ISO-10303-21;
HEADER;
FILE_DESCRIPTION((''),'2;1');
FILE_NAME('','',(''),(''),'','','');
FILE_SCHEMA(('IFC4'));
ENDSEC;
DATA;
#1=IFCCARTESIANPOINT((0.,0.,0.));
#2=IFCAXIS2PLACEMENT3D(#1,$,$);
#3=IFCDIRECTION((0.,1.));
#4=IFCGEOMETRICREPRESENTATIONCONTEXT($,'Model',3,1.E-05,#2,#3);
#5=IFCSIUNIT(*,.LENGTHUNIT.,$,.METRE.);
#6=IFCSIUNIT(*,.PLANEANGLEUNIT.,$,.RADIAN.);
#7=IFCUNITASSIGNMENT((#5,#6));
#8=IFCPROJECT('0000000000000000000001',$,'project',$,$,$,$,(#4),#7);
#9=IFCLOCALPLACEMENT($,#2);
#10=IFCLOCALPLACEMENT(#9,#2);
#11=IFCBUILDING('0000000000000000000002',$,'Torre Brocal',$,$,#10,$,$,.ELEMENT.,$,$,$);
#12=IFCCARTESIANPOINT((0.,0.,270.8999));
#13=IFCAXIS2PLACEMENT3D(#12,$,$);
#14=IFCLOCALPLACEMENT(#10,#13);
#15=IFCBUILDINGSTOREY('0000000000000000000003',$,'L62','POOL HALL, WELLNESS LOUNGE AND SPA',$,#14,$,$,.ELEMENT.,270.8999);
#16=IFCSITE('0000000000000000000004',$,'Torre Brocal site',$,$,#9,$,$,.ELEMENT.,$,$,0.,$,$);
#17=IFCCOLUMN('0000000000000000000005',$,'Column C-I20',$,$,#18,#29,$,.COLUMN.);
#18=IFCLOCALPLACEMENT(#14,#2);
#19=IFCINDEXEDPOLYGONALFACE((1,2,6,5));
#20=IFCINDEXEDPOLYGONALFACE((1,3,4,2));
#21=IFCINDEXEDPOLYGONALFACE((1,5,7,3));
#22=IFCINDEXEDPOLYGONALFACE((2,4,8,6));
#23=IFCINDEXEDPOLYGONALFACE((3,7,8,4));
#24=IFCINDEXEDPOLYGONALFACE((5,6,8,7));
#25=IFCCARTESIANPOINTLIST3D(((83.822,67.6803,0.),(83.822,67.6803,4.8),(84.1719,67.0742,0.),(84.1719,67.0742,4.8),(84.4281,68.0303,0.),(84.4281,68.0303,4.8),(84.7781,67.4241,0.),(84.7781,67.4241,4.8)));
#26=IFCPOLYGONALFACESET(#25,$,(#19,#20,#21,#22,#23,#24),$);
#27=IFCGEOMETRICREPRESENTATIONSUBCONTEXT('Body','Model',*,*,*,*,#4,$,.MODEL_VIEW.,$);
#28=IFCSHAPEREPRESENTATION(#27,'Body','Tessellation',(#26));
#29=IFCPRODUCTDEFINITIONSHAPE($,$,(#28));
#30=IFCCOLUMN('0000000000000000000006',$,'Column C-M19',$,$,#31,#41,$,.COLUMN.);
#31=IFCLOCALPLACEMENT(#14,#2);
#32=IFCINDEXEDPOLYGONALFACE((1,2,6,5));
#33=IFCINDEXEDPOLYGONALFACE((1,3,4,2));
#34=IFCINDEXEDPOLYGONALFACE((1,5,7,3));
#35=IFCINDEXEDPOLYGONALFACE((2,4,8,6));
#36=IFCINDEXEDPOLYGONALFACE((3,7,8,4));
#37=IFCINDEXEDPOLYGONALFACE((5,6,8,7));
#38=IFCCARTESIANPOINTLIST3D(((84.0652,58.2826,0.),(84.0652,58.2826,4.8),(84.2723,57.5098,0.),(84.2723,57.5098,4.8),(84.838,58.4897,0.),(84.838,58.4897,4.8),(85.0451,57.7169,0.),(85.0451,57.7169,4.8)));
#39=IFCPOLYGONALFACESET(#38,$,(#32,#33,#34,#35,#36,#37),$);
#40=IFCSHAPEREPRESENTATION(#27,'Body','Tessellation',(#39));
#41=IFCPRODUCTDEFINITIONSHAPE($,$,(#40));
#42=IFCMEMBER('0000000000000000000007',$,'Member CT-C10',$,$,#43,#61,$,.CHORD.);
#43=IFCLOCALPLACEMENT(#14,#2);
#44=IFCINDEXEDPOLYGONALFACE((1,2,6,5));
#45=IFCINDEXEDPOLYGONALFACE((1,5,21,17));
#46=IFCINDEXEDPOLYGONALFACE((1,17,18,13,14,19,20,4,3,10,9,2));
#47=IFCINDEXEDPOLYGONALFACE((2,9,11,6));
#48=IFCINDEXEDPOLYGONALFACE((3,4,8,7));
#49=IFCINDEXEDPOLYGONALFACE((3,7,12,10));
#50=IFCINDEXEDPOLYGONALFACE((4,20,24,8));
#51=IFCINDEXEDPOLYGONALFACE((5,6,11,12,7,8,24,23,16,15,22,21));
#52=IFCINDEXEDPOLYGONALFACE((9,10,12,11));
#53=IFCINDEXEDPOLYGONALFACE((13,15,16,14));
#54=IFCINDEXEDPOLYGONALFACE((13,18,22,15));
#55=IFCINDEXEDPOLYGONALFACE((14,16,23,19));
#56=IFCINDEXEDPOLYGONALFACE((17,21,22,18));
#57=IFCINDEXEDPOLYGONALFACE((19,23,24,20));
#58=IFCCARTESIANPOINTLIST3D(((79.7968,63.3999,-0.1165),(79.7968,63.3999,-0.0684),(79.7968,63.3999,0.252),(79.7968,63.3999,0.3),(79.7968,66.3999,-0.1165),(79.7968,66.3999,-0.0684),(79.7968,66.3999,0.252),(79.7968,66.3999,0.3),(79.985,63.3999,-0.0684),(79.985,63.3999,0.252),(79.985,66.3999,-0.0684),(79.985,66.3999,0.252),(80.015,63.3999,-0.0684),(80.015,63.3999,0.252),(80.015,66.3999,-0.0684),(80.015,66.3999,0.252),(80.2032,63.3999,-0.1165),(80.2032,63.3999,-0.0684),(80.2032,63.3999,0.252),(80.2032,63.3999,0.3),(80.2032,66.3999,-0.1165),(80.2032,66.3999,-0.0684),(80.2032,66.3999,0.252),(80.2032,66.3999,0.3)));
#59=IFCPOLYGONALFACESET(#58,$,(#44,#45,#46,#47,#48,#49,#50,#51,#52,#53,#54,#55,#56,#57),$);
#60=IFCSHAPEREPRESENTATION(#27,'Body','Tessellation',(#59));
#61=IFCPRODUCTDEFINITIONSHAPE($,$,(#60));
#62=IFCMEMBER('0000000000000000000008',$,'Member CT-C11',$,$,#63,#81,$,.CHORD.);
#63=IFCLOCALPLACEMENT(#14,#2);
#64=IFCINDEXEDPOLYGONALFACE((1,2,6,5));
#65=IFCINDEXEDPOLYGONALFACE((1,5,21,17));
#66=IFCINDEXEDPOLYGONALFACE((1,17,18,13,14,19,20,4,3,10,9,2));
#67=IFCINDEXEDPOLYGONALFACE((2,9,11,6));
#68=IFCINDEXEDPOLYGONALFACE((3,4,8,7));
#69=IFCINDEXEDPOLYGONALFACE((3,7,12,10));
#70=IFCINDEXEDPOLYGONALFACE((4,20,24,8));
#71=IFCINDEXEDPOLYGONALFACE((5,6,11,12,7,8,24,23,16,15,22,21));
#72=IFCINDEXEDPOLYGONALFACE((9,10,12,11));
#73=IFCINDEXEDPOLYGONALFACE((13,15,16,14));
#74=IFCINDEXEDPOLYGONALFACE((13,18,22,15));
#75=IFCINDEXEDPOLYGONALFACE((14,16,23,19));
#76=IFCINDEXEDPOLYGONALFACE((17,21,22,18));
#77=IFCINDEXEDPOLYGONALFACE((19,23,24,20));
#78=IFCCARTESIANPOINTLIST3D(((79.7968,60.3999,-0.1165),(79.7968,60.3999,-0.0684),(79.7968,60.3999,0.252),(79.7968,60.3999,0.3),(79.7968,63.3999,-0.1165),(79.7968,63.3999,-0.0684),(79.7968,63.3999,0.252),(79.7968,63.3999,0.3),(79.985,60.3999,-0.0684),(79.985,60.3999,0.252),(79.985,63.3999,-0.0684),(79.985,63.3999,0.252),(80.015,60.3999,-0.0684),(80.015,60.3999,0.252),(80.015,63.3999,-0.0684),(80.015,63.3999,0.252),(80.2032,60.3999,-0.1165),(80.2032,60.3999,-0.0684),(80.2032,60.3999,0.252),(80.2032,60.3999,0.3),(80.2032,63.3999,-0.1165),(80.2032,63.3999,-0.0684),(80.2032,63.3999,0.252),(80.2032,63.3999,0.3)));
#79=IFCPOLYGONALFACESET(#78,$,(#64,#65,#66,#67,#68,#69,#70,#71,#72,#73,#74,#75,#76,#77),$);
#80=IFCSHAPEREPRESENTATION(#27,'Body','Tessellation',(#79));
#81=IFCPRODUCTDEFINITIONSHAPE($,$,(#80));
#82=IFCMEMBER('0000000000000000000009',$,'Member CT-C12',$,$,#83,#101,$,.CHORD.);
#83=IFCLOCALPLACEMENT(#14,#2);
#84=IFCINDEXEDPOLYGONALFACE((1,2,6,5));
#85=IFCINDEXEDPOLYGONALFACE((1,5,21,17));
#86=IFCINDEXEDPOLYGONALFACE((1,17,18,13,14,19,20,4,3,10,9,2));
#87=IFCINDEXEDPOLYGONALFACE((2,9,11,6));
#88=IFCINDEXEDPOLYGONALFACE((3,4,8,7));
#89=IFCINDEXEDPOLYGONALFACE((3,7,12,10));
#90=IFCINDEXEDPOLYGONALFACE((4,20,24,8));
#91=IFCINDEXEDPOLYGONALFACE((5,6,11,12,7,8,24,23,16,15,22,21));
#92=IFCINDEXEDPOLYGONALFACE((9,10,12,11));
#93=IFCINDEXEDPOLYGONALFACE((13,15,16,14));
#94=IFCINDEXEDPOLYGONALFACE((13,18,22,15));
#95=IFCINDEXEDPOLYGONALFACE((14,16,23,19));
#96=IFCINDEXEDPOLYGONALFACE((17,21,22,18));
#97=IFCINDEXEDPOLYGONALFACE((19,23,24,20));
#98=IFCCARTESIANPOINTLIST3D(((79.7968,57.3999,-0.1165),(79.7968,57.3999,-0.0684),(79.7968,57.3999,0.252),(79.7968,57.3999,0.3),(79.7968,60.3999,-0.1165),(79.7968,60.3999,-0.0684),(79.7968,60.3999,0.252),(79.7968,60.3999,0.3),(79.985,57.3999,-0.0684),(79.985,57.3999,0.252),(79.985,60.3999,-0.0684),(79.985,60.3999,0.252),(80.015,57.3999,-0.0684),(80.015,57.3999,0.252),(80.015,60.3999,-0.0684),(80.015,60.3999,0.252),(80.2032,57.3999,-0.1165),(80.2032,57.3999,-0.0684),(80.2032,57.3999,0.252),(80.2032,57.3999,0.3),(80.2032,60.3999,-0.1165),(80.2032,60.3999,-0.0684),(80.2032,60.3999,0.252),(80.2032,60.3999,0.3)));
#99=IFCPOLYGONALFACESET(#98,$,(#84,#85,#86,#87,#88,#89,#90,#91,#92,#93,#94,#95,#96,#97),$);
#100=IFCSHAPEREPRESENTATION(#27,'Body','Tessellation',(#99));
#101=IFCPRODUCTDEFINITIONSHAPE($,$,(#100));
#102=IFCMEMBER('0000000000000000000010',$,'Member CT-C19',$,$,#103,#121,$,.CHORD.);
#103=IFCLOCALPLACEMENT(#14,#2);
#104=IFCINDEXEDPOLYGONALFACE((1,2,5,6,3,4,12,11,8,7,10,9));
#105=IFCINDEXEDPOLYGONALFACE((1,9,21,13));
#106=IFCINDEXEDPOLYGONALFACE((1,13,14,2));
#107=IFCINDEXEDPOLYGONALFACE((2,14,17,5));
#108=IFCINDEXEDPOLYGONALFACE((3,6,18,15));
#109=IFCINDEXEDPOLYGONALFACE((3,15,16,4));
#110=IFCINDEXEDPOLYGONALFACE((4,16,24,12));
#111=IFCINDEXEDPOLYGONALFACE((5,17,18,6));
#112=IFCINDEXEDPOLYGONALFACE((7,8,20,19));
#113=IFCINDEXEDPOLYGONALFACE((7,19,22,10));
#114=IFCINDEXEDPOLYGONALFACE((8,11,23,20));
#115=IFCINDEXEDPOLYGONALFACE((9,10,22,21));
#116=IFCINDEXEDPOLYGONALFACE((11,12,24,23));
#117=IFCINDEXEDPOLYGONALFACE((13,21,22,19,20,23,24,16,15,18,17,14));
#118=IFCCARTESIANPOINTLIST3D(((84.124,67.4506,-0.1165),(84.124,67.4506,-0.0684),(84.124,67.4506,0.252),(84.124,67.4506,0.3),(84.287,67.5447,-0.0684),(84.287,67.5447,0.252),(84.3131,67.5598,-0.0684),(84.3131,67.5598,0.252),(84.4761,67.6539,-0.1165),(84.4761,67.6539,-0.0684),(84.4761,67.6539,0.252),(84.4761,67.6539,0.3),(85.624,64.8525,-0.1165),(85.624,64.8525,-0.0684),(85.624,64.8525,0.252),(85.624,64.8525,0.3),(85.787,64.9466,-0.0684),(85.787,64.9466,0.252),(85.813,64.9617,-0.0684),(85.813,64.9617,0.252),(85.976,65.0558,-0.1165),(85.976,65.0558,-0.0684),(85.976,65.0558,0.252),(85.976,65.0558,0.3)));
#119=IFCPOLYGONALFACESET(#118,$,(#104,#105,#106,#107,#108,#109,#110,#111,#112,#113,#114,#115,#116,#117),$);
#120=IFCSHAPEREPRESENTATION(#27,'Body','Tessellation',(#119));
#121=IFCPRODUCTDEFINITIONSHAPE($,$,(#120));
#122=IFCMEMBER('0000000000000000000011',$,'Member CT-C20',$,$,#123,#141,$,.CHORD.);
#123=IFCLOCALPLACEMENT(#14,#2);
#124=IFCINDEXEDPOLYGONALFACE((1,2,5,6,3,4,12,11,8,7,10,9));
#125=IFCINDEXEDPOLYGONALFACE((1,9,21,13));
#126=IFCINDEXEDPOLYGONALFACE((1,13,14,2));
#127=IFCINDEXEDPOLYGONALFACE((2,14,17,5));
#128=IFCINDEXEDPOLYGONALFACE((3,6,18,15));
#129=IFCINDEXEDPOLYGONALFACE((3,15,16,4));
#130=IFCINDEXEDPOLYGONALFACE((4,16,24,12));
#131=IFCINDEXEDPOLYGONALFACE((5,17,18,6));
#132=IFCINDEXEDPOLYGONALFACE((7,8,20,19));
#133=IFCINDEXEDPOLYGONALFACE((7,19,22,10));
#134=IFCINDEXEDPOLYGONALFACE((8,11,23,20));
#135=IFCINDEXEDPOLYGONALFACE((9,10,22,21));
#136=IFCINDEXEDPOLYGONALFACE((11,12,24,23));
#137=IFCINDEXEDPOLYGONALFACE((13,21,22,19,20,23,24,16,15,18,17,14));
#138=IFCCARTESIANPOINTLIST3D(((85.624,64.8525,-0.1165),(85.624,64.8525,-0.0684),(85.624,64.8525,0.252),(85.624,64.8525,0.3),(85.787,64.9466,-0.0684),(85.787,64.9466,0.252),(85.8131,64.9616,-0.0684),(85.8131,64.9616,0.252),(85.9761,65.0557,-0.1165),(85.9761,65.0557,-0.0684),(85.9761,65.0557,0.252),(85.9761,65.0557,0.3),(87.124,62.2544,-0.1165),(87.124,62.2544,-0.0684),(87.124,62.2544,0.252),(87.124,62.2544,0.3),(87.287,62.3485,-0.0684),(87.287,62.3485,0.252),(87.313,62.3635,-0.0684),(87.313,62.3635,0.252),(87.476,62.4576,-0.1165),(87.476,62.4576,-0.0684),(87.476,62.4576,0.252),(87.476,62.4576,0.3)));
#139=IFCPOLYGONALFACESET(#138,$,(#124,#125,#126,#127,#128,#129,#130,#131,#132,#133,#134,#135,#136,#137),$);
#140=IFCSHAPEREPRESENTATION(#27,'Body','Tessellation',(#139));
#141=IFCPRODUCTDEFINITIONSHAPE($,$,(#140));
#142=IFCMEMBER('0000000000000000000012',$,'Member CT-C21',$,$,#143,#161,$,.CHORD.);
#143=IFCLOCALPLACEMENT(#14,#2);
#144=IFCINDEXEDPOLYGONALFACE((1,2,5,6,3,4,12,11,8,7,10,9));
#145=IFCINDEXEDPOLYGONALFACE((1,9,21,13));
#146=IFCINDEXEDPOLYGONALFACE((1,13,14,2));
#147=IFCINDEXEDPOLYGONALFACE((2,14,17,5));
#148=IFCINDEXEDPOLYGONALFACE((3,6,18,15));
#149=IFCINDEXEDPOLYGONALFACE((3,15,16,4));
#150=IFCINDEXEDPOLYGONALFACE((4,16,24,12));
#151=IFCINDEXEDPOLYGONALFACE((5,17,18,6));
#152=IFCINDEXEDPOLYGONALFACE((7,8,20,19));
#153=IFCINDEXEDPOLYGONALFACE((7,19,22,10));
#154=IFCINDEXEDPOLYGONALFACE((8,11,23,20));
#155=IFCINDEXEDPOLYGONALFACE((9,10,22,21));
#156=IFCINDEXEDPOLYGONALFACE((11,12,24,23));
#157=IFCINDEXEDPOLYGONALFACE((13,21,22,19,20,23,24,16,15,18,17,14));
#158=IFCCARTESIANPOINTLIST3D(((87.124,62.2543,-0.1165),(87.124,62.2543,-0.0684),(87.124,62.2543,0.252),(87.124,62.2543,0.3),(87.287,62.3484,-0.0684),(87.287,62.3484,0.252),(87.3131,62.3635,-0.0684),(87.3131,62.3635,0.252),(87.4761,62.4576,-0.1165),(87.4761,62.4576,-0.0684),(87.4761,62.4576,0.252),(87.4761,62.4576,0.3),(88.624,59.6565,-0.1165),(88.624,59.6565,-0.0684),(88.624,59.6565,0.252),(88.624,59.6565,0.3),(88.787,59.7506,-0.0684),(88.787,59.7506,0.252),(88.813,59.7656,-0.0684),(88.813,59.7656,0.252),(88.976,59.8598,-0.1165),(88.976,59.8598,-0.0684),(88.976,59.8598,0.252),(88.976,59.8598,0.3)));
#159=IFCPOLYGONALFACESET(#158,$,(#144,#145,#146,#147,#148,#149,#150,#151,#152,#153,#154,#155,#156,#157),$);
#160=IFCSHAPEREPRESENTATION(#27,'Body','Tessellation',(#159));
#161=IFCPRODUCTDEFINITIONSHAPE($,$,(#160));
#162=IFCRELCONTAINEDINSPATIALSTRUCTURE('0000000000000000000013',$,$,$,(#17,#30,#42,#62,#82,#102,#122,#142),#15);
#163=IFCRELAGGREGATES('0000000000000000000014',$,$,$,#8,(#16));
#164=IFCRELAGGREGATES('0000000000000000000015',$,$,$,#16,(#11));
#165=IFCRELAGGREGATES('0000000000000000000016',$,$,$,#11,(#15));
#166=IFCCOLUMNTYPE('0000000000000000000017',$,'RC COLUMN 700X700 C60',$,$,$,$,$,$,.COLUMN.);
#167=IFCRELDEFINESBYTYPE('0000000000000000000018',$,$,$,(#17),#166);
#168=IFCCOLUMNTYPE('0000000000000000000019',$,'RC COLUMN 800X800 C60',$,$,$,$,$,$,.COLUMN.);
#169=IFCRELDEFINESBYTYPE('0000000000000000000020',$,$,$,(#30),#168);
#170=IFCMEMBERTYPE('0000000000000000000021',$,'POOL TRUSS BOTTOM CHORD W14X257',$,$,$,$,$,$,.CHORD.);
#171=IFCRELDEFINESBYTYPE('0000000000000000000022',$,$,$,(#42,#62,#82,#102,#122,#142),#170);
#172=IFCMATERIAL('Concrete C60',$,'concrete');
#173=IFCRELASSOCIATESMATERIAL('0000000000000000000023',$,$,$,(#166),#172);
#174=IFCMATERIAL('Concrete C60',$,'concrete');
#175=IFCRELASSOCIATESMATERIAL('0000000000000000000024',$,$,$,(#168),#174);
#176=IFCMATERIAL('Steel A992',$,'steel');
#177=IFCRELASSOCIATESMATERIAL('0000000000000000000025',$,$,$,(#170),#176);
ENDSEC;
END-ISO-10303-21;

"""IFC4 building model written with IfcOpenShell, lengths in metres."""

from ifc_helpers import new_model, si_unit, direction, frame, origin, origin_2d, place, context, subcontext, project, spatial, rectangle, i_section, extrude, material, material_profile, profile_set, type_object, element, save


model = new_model("IFC4")

# Units and contexts
model_context = context("Model", 3, precision=1e-05, world=origin(), true_north=direction((0.0, 1.0)))
body_context = subcontext(model_context, "Body", "Model", "MODEL_VIEW")
ifc_project = project(units=[si_unit("LENGTHUNIT", "METRE"), si_unit("PLANEANGLEUNIT", "RADIAN")], contexts=[model_context])

# Site, building, storey
site_placement = place(None, origin())
site = spatial("IfcSite", under=ifc_project, at=site_placement, Name="Torre Brocal site", CompositionType="ELEMENT", RefElevation=0.0)
building_placement = place(site_placement, origin())
building = spatial("IfcBuilding", under=site, at=building_placement, Name="Torre Brocal", CompositionType="ELEMENT")
storey_placement = place(building_placement, frame((0.0, 0.0, 270.8999)))
storey = spatial("IfcBuildingStorey", under=building, at=storey_placement, Name="L62", Description="POOL HALL, WELLNESS LOUNGE AND SPA", CompositionType="ELEMENT", Elevation=270.8999)

# Columns
ifc_material_1 = material(Name="Concrete C60", Category="concrete")
ifc_material_profile_1 = material_profile(ifc_material_1, rectangle(XDim=0.7, YDim=0.7, at=origin_2d()), Name="RC 700X700")
ifc_profile_set_1 = profile_set([ifc_material_profile_1], Name="Concrete C60")
column_type_1 = type_object("IfcColumnType", Name="RC COLUMN 700X700 C60", PredefinedType="COLUMN", material=ifc_profile_set_1)
column_1_placement = place(storey_placement, frame((84.3, 67.5522, 0.0), z_axis=(0.0, 0.0, 1.0), x_axis=(0.5, -0.866025, 0.0)))
element("IfcColumn", 1, at=column_1_placement, inside=storey, type_object=column_type_1, Name="Column C-I20", PredefinedType="COLUMN", context=body_context, shape_type="SweptSolid", body=[
    extrude(rectangle(XDim=0.7, YDim=0.7, at=origin_2d()), origin(), (0.0, 0.0, 1.0), 4.8),
])
ifc_material_2 = material(Name="Concrete C60", Category="concrete")
ifc_material_profile_2 = material_profile(ifc_material_2, rectangle(XDim=0.8, YDim=0.8, at=origin_2d()), Name="RC 800X800")
ifc_profile_set_2 = profile_set([ifc_material_profile_2], Name="Concrete C60")
column_type_2 = type_object("IfcColumnType", Name="RC COLUMN 800X800 C60", PredefinedType="COLUMN", material=ifc_profile_set_2)
column_2_placement = place(storey_placement, frame((84.5552, 57.9998, 0.0), z_axis=(0.0, 0.0, 1.0), x_axis=(0.258819, -0.965926, 0.0)))
element("IfcColumn", 2, at=column_2_placement, inside=storey, type_object=column_type_2, Name="Column C-M19", PredefinedType="COLUMN", context=body_context, shape_type="SweptSolid", body=[
    extrude(rectangle(XDim=0.8, YDim=0.8, at=origin_2d()), origin(), (0.0, 0.0, 1.0), 4.8),
])

# Members
ifc_material_3 = material(Name="Steel A992", Category="steel")
ifc_material_profile_3 = material_profile(ifc_material_3, i_section(OverallWidth=0.4065, OverallDepth=0.4165, WebThickness=0.03, FlangeThickness=0.0481, at=origin_2d()), Name="W14X257")
ifc_profile_set_3 = profile_set([ifc_material_profile_3], Name="Steel A992")
member_type_1 = type_object("IfcMemberType", Name="POOL TRUSS BOTTOM CHORD W14X257", PredefinedType="CHORD", material=ifc_profile_set_3)
for number, where, z_axis, x_axis, name in (
    (3, (80.0, 66.3999, 0.0918), (0.0, -1.0, 0.0), (1.0, 0.0, 0.0), "Member CT-C10"),
    (4, (80.0, 63.3999, 0.0918), (0.0, -1.0, 0.0), (1.0, 0.0, 0.0), "Member CT-C11"),
    (5, (80.0, 60.3999, 0.0918), (0.0, -1.0, 0.0), (1.0, 0.0, 0.0), "Member CT-C12"),
    (6, (84.3, 67.5522, 0.0918), (0.49999, -0.866031, 0.0), (0.866031, 0.49999, 0.0), "Member CT-C19"),
    (7, (85.8, 64.9541, 0.0918), (0.49999, -0.866031, 0.0), (0.866031, 0.49999, 0.0), "Member CT-C20"),
):
    element("IfcMember", number, at=place(storey_placement, frame(where, z_axis=z_axis, x_axis=x_axis)), inside=storey, type_object=member_type_1, Name=name, PredefinedType="CHORD", context=body_context, shape_type="SweptSolid", body=[
        extrude(i_section(OverallWidth=0.4065, OverallDepth=0.4165, WebThickness=0.03, FlangeThickness=0.0481, at=origin_2d()), origin(), (0.0, 0.0, 1.0), 3.0),
    ])
member_1_placement = place(storey_placement, frame((87.3, 62.356, 0.0918), z_axis=(0.500025, -0.866011, 0.0), x_axis=(0.866011, 0.500025, 0.0)))
element("IfcMember", 8, at=member_1_placement, inside=storey, type_object=member_type_1, Name="Member CT-C21", PredefinedType="CHORD", context=body_context, shape_type="SweptSolid", body=[
    extrude(i_section(OverallWidth=0.4065, OverallDepth=0.4165, WebThickness=0.03, FlangeThickness=0.0481, at=origin_2d()), origin(), (0.0, 0.0, 1.0), 2.9998),
])

save(model, "model.ifc")
